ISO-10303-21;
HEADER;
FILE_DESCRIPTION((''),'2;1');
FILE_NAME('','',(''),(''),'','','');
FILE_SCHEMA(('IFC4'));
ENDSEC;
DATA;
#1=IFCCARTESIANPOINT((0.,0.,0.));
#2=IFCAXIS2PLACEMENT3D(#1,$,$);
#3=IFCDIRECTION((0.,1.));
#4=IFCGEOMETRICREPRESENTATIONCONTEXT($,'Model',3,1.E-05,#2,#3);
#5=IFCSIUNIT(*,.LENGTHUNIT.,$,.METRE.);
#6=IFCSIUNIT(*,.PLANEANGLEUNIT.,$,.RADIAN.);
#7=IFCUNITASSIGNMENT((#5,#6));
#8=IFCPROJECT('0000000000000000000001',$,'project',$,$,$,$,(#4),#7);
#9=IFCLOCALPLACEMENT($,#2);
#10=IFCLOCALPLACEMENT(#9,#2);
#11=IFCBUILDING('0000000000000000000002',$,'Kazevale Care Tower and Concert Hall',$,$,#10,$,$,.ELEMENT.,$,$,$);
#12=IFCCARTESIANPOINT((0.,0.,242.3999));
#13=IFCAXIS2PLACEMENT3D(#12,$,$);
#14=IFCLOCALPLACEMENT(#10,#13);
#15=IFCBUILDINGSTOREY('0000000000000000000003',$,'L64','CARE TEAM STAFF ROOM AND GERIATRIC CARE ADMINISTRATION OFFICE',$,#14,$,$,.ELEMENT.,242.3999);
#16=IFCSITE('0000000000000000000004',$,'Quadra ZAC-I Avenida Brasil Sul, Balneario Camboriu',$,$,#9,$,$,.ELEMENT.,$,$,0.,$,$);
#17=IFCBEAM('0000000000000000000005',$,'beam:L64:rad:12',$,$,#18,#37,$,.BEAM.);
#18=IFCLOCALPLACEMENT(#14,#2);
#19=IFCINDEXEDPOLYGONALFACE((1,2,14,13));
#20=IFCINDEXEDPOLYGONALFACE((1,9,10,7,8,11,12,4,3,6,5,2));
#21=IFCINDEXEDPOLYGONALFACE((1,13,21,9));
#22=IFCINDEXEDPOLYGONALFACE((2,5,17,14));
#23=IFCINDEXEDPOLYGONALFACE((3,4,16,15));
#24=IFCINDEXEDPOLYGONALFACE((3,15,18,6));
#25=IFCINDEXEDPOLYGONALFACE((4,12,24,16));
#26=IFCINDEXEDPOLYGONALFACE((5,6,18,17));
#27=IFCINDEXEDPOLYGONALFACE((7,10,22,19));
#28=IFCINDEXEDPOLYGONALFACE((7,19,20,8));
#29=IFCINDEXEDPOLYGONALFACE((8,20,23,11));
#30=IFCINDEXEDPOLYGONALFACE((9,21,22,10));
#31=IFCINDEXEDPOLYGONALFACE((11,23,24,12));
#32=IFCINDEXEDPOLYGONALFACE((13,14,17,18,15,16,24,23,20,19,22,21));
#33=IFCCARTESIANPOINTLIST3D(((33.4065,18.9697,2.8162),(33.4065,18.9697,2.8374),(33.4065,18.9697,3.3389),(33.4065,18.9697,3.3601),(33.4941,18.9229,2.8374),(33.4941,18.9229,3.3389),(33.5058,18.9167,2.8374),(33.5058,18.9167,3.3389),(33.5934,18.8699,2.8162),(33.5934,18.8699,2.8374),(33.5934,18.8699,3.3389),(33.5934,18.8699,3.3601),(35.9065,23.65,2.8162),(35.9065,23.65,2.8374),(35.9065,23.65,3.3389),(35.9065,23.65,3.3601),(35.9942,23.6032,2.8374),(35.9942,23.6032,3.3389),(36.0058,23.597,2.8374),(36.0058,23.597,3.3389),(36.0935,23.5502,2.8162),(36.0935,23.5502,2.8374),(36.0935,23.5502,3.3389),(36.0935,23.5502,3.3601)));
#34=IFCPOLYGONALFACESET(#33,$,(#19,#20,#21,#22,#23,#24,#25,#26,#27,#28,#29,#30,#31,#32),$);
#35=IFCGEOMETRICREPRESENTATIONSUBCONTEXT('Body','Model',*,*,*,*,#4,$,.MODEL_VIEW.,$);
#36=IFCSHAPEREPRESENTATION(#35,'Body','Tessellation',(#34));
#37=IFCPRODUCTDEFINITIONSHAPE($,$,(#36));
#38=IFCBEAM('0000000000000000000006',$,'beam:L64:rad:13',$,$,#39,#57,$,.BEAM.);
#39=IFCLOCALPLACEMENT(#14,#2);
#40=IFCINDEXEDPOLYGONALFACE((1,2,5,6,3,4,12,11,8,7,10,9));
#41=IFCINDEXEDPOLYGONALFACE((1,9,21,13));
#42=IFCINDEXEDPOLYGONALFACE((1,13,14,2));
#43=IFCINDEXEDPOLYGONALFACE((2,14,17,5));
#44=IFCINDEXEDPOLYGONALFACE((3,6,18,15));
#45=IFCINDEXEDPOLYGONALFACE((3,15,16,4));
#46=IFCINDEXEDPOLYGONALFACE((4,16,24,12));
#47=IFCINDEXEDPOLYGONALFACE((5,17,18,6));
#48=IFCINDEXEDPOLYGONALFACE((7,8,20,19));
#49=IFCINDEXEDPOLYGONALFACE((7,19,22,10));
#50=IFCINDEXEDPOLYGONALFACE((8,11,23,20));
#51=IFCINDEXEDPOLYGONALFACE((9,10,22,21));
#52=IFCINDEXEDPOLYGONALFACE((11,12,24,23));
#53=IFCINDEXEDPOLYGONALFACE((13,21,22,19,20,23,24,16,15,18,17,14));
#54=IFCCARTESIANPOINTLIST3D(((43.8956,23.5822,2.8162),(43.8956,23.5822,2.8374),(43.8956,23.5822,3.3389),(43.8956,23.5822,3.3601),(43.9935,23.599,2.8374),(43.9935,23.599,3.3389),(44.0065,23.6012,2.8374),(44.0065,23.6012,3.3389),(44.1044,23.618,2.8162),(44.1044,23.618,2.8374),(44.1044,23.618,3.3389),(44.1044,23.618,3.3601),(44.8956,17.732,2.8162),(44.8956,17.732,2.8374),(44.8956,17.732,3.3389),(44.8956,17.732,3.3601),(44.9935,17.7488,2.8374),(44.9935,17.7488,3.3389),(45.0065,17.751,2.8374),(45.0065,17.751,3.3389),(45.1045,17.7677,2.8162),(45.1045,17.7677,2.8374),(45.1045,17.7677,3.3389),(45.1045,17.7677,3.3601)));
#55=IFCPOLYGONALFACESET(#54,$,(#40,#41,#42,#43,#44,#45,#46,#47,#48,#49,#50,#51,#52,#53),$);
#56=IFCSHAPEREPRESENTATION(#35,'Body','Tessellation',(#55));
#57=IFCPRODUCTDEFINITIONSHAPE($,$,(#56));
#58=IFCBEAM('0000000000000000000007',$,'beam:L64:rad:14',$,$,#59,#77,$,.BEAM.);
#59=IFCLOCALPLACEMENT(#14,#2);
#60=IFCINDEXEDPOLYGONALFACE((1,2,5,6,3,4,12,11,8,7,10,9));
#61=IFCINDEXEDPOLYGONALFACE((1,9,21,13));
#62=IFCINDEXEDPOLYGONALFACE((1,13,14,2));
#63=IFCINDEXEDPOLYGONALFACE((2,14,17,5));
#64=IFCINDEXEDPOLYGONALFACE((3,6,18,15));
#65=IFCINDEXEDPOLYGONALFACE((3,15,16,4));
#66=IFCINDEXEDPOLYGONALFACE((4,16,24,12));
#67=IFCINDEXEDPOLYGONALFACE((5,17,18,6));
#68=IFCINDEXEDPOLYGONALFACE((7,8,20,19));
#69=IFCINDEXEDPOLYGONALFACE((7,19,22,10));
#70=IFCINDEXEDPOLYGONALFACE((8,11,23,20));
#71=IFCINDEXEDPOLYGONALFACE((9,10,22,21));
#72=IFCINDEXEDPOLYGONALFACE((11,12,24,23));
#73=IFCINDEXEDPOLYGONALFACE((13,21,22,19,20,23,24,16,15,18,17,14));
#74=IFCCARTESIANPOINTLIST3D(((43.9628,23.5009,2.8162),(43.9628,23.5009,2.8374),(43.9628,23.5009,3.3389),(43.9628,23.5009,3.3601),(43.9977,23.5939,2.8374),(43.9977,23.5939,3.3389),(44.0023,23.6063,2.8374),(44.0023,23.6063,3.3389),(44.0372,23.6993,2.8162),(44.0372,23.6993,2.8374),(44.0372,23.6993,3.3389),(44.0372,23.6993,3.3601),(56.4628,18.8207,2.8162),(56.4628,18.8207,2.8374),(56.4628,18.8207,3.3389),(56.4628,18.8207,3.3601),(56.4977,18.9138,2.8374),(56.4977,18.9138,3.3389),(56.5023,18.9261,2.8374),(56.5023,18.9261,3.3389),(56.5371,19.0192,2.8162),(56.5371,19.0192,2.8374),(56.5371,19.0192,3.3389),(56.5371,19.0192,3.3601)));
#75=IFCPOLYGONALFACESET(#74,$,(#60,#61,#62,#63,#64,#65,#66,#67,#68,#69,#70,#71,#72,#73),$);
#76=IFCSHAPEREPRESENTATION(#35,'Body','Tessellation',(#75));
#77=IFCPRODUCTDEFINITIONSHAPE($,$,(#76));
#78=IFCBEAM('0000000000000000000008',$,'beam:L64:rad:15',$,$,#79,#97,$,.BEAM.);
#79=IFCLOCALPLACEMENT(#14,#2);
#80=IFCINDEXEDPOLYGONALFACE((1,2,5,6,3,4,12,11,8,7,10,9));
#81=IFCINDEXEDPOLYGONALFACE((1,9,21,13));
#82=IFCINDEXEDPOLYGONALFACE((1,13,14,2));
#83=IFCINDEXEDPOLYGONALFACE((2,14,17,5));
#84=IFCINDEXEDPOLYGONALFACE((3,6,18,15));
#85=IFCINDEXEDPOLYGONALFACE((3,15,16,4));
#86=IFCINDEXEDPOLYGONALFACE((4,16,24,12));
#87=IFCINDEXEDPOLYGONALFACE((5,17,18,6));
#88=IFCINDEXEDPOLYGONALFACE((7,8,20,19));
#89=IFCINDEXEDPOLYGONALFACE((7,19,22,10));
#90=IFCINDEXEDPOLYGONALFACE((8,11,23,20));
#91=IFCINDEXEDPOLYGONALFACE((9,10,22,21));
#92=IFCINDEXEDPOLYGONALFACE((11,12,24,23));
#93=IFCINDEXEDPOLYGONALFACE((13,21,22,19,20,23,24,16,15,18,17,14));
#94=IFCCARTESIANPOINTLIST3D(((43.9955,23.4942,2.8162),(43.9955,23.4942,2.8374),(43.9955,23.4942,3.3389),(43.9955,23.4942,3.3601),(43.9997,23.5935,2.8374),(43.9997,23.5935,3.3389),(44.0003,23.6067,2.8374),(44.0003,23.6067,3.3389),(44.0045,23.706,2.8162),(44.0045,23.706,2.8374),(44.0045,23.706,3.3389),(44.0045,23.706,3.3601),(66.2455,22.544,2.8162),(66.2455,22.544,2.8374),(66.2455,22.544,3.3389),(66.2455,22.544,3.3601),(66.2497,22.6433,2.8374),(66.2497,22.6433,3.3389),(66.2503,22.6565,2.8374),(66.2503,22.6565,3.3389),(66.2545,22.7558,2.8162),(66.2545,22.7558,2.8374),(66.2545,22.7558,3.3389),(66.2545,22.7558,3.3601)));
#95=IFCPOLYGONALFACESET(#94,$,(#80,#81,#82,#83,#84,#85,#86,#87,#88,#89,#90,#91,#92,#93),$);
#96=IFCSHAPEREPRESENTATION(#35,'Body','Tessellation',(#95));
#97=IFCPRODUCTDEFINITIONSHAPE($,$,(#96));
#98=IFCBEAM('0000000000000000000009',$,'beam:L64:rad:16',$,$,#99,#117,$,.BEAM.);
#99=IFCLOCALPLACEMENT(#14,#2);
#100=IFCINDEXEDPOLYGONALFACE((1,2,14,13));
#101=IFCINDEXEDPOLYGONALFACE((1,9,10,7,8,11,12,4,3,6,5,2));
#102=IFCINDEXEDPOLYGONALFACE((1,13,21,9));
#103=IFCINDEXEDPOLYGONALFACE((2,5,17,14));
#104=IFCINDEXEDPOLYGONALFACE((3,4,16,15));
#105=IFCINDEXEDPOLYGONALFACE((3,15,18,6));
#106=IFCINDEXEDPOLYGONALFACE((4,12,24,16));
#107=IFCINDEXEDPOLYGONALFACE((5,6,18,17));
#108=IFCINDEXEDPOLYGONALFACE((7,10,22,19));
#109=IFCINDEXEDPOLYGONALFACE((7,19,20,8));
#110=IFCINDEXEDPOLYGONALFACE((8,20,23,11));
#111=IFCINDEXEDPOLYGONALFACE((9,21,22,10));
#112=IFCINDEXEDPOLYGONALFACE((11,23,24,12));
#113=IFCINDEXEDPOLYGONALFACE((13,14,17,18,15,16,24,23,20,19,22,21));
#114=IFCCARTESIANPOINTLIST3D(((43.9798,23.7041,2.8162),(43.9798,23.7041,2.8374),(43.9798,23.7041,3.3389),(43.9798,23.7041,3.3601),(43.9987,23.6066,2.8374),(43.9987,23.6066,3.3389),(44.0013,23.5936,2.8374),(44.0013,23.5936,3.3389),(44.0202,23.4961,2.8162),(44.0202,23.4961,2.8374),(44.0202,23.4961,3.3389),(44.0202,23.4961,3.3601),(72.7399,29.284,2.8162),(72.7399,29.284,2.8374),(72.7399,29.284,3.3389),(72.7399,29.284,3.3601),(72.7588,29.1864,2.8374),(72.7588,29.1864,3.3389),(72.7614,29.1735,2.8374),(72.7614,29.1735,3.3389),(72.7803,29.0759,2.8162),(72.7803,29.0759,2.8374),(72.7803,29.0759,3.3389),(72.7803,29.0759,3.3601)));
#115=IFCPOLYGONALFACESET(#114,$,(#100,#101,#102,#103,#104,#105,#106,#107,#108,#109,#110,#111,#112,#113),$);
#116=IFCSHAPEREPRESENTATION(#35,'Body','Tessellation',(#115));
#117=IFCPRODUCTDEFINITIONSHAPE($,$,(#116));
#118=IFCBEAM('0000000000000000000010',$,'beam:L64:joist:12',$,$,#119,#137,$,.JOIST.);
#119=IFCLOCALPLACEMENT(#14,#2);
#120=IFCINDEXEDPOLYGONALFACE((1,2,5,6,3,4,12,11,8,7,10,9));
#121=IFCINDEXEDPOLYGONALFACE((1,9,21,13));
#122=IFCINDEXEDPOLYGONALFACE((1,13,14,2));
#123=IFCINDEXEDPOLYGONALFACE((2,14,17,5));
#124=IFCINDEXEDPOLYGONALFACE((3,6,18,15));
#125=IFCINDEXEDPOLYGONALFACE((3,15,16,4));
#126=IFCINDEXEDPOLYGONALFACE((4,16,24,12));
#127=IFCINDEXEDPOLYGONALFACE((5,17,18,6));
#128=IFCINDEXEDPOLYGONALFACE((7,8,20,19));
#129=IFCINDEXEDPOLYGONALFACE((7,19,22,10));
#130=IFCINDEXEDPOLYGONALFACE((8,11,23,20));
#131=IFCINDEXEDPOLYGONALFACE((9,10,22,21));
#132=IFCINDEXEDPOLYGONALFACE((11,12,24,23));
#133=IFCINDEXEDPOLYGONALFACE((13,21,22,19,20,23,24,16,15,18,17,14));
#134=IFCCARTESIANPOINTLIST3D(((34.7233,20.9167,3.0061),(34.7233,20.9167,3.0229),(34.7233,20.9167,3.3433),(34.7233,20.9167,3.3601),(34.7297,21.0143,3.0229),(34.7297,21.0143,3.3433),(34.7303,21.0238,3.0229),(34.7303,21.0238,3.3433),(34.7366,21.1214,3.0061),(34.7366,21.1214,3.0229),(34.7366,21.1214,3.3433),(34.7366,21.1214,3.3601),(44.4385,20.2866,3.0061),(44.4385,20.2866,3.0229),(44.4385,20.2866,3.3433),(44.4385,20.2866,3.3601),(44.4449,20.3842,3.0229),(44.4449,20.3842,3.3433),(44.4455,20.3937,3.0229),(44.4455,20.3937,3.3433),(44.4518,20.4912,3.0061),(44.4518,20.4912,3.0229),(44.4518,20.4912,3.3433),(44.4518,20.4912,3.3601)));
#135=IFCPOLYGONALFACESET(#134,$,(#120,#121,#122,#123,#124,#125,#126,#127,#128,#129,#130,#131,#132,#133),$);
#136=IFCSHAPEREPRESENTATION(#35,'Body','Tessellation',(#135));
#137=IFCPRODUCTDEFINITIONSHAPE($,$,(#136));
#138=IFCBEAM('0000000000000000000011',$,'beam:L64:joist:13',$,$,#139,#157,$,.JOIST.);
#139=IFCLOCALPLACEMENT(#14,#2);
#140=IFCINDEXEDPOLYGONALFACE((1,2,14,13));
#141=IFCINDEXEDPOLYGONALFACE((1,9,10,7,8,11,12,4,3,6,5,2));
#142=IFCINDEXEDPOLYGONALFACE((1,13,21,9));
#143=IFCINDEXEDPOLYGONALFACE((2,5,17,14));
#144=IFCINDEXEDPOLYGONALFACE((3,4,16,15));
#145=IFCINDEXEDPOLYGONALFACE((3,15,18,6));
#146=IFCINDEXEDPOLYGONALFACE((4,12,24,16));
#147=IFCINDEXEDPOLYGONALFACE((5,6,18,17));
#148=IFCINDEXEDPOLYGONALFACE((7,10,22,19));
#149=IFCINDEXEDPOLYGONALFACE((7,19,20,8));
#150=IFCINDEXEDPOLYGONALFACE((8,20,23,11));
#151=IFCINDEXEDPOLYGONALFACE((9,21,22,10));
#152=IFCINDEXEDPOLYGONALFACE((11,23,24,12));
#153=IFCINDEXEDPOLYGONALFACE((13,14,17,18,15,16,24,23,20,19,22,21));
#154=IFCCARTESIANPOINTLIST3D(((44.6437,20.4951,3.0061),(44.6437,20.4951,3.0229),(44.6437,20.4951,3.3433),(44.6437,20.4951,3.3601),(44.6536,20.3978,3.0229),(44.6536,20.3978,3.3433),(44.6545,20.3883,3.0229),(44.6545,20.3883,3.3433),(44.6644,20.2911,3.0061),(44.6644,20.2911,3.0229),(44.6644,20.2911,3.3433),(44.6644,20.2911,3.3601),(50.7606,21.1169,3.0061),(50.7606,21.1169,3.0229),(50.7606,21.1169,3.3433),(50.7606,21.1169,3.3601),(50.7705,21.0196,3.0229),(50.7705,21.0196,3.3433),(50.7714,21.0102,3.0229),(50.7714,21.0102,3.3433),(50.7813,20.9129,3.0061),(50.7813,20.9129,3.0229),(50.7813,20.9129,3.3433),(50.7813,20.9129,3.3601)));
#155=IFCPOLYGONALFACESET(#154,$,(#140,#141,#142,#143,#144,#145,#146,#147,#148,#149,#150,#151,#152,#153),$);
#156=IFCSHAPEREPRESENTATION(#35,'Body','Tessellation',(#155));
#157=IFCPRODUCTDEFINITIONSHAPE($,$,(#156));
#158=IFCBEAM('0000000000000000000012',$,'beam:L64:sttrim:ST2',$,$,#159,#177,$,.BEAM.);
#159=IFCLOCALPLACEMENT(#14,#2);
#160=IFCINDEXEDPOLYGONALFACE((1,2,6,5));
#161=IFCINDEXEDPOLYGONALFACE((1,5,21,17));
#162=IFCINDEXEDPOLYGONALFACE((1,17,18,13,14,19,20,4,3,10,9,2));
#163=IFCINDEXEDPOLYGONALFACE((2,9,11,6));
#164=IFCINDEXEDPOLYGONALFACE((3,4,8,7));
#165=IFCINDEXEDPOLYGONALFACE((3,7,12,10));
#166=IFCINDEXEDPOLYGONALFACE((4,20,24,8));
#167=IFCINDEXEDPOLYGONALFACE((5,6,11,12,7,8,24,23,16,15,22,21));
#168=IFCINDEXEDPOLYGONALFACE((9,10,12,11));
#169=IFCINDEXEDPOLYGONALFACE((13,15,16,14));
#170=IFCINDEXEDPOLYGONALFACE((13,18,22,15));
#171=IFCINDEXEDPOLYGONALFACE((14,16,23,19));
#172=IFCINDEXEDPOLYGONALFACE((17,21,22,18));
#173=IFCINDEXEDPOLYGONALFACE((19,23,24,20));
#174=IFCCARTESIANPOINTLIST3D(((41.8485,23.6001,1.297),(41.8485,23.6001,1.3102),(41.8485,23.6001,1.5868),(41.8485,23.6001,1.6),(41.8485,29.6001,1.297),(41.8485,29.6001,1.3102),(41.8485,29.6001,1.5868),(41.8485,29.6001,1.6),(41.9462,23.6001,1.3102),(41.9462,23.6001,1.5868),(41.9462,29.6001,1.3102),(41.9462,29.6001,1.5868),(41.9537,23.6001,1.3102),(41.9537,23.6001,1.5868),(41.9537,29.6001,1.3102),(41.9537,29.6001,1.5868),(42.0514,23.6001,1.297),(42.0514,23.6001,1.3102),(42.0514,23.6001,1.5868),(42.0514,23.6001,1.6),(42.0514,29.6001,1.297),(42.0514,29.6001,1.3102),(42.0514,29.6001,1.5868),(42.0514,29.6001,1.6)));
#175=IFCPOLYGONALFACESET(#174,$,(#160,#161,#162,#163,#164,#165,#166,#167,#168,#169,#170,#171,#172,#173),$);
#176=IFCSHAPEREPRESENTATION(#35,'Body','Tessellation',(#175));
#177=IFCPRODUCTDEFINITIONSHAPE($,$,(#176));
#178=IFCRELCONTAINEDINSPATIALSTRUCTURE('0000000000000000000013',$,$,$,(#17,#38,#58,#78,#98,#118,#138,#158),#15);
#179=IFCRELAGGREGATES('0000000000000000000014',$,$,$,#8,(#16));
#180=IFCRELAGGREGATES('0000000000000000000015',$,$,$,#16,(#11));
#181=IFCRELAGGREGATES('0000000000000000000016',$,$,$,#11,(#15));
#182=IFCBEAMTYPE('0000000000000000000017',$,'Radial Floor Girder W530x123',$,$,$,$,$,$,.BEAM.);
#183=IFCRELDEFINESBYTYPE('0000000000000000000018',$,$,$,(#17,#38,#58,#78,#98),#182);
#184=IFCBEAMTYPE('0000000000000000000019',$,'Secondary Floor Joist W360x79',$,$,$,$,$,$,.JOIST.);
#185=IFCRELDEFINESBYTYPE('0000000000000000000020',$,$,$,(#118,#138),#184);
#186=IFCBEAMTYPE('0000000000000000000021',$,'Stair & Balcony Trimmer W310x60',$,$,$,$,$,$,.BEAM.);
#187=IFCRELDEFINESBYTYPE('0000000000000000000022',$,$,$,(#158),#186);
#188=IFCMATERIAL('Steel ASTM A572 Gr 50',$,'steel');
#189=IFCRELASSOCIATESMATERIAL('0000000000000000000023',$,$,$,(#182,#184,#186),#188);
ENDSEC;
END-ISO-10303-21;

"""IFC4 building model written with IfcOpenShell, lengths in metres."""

from ifc_helpers import new_model, si_unit, direction, frame, origin, origin_2d, place, context, subcontext, project, spatial, i_section, extrude, material, material_profile, profile_set, type_object, element, save


model = new_model("IFC4")

# Units and contexts
model_context = context("Model", 3, precision=1e-05, world=origin(), true_north=direction((0.0, 1.0)))
body_context = subcontext(model_context, "Body", "Model", "MODEL_VIEW")
ifc_project = project(units=[si_unit("LENGTHUNIT", "METRE"), si_unit("PLANEANGLEUNIT", "RADIAN")], contexts=[model_context])

# Site, building, storey
site_placement = place(None, origin())
site = spatial("IfcSite", under=ifc_project, at=site_placement, Name="Quadra ZAC-I Avenida Brasil Sul, Balneario Camboriu", CompositionType="ELEMENT", RefElevation=0.0)
building_placement = place(site_placement, origin())
building = spatial("IfcBuilding", under=site, at=building_placement, Name="Kazevale Care Tower and Concert Hall", CompositionType="ELEMENT")
storey_placement = place(building_placement, frame((0.0, 0.0, 242.3999)))
storey = spatial("IfcBuildingStorey", under=building, at=storey_placement, Name="L64", Description="CARE TEAM STAFF ROOM AND GERIATRIC CARE ADMINISTRATION OFFICE", CompositionType="ELEMENT", Elevation=242.3999)

# Beams
ifc_material_1 = material(Name="Steel ASTM A572 Gr 50", Category="steel")
ifc_material_profile_1 = material_profile(ifc_material_1, i_section(OverallWidth=0.2119, OverallDepth=0.5439, WebThickness=0.0132, FlangeThickness=0.0212, at=origin_2d()), Name="W530x123")
ifc_profile_set_1 = profile_set([ifc_material_profile_1], Name="Steel ASTM A572 Gr 50")
beam_type_1 = type_object("IfcBeamType", Name="Radial Floor Girder W530x123", PredefinedType="BEAM", material=ifc_profile_set_1)
beam_1_placement = place(storey_placement, frame((36.0, 23.6001, 3.0881), z_axis=(-0.471161, -0.882047, 0.0), x_axis=(0.882047, -0.471161, 0.0)))
element("IfcBeam", 1, at=beam_1_placement, inside=storey, type_object=beam_type_1, Name="beam:L64:rad:12", PredefinedType="BEAM", context=body_context, shape_type="SweptSolid", body=[
    extrude(i_section(OverallWidth=0.2119, OverallDepth=0.5439, WebThickness=0.0132, FlangeThickness=0.0212, at=origin_2d()), origin(), (0.0, 0.0, 1.0), 5.3062),
])
beam_2_placement = place(storey_placement, frame((44.0, 23.6001, 3.0881), z_axis=(0.168493, -0.985703, 0.0), x_axis=(0.985703, 0.168493, 0.0)))
element("IfcBeam", 2, at=beam_2_placement, inside=storey, type_object=beam_type_1, Name="beam:L64:rad:13", PredefinedType="BEAM", context=body_context, shape_type="SweptSolid", body=[
    extrude(i_section(OverallWidth=0.2119, OverallDepth=0.5439, WebThickness=0.0132, FlangeThickness=0.0212, at=origin_2d()), origin(), (0.0, 0.0, 1.0), 5.9351),
])
beam_3_placement = place(storey_placement, frame((44.0, 23.6001, 3.0881), z_axis=(0.936509, -0.350642, 0.0), x_axis=(0.350642, 0.936509, 0.0)))
element("IfcBeam", 3, at=beam_3_placement, inside=storey, type_object=beam_type_1, Name="beam:L64:rad:14", PredefinedType="BEAM", context=body_context, shape_type="SweptSolid", body=[
    extrude(i_section(OverallWidth=0.2119, OverallDepth=0.5439, WebThickness=0.0132, FlangeThickness=0.0212, at=origin_2d()), origin(), (0.0, 0.0, 1.0), 13.3474),
])
beam_4_placement = place(storey_placement, frame((44.0, 23.6001, 3.0881), z_axis=(0.999089, -0.042667, 0.0), x_axis=(0.042667, 0.999089, 0.0)))
element("IfcBeam", 4, at=beam_4_placement, inside=storey, type_object=beam_type_1, Name="beam:L64:rad:15", PredefinedType="BEAM", context=body_context, shape_type="SweptSolid", body=[
    extrude(i_section(OverallWidth=0.2119, OverallDepth=0.5439, WebThickness=0.0132, FlangeThickness=0.0212, at=origin_2d()), origin(), (0.0, 0.0, 1.0), 22.2703),
])
beam_5_placement = place(storey_placement, frame((44.0, 23.6001, 3.0881), z_axis=(0.981695, 0.190462, 0.0), x_axis=(-0.190462, 0.981695, 0.0)))
element("IfcBeam", 5, at=beam_5_placement, inside=storey, type_object=beam_type_1, Name="beam:L64:rad:16", PredefinedType="BEAM", context=body_context, shape_type="SweptSolid", body=[
    extrude(i_section(OverallWidth=0.2119, OverallDepth=0.5439, WebThickness=0.0132, FlangeThickness=0.0212, at=origin_2d()), origin(), (0.0, 0.0, 1.0), 29.2964),
])
ifc_material_profile_2 = material_profile(ifc_material_1, i_section(OverallWidth=0.2051, OverallDepth=0.354, WebThickness=0.0095, FlangeThickness=0.0168, at=origin_2d()), Name="W360x79")
ifc_profile_set_2 = profile_set([ifc_material_profile_2], Name="Steel ASTM A572 Gr 50")
beam_type_2 = type_object("IfcBeamType", Name="Secondary Floor Joist W360x79", PredefinedType="JOIST", material=ifc_profile_set_2)
beam_6_placement = place(storey_placement, frame((34.73, 21.019, 3.1831), z_axis=(0.997903, -0.064725, 0.0), x_axis=(0.064725, 0.997903, 0.0)))
element("IfcBeam", 6, at=beam_6_placement, inside=storey, type_object=beam_type_2, Name="beam:L64:joist:12", PredefinedType="JOIST", context=body_context, shape_type="SweptSolid", body=[
    extrude(i_section(OverallWidth=0.2051, OverallDepth=0.354, WebThickness=0.0095, FlangeThickness=0.0168, at=origin_2d()), origin(), (0.0, 0.0, 1.0), 9.7356),
])
beam_7_placement = place(storey_placement, frame((44.6541, 20.3931, 3.1831), z_axis=(0.994873, 0.101135, 0.0), x_axis=(-0.101135, 0.994873, 0.0)))
element("IfcBeam", 7, at=beam_7_placement, inside=storey, type_object=beam_type_2, Name="beam:L64:joist:13", PredefinedType="JOIST", context=body_context, shape_type="SweptSolid", body=[
    extrude(i_section(OverallWidth=0.2051, OverallDepth=0.354, WebThickness=0.0095, FlangeThickness=0.0168, at=origin_2d()), origin(), (0.0, 0.0, 1.0), 6.1484),
])
ifc_material_profile_3 = material_profile(ifc_material_1, i_section(OverallWidth=0.2029, OverallDepth=0.303, WebThickness=0.0076, FlangeThickness=0.0132, at=origin_2d()), Name="W310x60")
ifc_profile_set_3 = profile_set([ifc_material_profile_3], Name="Steel ASTM A572 Gr 50")
beam_type_3 = type_object("IfcBeamType", Name="Stair & Balcony Trimmer W310x60", PredefinedType="BEAM", material=ifc_profile_set_3)
for number, where, z_axis, x_axis, name in (
    (8, (41.95, 23.6001, 1.4485), (0.0, 1.0, 0.0), (-1.0, 0.0, 0.0), "beam:L64:sttrim:ST2"),
):
    element("IfcBeam", number, at=place(storey_placement, frame(where, z_axis=z_axis, x_axis=x_axis)), inside=storey, type_object=beam_type_3, Name=name, PredefinedType="BEAM", context=body_context, shape_type="SweptSolid", body=[
        extrude(i_section(OverallWidth=0.2029, OverallDepth=0.303, WebThickness=0.0076, FlangeThickness=0.0132, at=origin_2d()), origin(), (0.0, 0.0, 1.0), 6.0),
    ])

save(model, "model.ifc")
